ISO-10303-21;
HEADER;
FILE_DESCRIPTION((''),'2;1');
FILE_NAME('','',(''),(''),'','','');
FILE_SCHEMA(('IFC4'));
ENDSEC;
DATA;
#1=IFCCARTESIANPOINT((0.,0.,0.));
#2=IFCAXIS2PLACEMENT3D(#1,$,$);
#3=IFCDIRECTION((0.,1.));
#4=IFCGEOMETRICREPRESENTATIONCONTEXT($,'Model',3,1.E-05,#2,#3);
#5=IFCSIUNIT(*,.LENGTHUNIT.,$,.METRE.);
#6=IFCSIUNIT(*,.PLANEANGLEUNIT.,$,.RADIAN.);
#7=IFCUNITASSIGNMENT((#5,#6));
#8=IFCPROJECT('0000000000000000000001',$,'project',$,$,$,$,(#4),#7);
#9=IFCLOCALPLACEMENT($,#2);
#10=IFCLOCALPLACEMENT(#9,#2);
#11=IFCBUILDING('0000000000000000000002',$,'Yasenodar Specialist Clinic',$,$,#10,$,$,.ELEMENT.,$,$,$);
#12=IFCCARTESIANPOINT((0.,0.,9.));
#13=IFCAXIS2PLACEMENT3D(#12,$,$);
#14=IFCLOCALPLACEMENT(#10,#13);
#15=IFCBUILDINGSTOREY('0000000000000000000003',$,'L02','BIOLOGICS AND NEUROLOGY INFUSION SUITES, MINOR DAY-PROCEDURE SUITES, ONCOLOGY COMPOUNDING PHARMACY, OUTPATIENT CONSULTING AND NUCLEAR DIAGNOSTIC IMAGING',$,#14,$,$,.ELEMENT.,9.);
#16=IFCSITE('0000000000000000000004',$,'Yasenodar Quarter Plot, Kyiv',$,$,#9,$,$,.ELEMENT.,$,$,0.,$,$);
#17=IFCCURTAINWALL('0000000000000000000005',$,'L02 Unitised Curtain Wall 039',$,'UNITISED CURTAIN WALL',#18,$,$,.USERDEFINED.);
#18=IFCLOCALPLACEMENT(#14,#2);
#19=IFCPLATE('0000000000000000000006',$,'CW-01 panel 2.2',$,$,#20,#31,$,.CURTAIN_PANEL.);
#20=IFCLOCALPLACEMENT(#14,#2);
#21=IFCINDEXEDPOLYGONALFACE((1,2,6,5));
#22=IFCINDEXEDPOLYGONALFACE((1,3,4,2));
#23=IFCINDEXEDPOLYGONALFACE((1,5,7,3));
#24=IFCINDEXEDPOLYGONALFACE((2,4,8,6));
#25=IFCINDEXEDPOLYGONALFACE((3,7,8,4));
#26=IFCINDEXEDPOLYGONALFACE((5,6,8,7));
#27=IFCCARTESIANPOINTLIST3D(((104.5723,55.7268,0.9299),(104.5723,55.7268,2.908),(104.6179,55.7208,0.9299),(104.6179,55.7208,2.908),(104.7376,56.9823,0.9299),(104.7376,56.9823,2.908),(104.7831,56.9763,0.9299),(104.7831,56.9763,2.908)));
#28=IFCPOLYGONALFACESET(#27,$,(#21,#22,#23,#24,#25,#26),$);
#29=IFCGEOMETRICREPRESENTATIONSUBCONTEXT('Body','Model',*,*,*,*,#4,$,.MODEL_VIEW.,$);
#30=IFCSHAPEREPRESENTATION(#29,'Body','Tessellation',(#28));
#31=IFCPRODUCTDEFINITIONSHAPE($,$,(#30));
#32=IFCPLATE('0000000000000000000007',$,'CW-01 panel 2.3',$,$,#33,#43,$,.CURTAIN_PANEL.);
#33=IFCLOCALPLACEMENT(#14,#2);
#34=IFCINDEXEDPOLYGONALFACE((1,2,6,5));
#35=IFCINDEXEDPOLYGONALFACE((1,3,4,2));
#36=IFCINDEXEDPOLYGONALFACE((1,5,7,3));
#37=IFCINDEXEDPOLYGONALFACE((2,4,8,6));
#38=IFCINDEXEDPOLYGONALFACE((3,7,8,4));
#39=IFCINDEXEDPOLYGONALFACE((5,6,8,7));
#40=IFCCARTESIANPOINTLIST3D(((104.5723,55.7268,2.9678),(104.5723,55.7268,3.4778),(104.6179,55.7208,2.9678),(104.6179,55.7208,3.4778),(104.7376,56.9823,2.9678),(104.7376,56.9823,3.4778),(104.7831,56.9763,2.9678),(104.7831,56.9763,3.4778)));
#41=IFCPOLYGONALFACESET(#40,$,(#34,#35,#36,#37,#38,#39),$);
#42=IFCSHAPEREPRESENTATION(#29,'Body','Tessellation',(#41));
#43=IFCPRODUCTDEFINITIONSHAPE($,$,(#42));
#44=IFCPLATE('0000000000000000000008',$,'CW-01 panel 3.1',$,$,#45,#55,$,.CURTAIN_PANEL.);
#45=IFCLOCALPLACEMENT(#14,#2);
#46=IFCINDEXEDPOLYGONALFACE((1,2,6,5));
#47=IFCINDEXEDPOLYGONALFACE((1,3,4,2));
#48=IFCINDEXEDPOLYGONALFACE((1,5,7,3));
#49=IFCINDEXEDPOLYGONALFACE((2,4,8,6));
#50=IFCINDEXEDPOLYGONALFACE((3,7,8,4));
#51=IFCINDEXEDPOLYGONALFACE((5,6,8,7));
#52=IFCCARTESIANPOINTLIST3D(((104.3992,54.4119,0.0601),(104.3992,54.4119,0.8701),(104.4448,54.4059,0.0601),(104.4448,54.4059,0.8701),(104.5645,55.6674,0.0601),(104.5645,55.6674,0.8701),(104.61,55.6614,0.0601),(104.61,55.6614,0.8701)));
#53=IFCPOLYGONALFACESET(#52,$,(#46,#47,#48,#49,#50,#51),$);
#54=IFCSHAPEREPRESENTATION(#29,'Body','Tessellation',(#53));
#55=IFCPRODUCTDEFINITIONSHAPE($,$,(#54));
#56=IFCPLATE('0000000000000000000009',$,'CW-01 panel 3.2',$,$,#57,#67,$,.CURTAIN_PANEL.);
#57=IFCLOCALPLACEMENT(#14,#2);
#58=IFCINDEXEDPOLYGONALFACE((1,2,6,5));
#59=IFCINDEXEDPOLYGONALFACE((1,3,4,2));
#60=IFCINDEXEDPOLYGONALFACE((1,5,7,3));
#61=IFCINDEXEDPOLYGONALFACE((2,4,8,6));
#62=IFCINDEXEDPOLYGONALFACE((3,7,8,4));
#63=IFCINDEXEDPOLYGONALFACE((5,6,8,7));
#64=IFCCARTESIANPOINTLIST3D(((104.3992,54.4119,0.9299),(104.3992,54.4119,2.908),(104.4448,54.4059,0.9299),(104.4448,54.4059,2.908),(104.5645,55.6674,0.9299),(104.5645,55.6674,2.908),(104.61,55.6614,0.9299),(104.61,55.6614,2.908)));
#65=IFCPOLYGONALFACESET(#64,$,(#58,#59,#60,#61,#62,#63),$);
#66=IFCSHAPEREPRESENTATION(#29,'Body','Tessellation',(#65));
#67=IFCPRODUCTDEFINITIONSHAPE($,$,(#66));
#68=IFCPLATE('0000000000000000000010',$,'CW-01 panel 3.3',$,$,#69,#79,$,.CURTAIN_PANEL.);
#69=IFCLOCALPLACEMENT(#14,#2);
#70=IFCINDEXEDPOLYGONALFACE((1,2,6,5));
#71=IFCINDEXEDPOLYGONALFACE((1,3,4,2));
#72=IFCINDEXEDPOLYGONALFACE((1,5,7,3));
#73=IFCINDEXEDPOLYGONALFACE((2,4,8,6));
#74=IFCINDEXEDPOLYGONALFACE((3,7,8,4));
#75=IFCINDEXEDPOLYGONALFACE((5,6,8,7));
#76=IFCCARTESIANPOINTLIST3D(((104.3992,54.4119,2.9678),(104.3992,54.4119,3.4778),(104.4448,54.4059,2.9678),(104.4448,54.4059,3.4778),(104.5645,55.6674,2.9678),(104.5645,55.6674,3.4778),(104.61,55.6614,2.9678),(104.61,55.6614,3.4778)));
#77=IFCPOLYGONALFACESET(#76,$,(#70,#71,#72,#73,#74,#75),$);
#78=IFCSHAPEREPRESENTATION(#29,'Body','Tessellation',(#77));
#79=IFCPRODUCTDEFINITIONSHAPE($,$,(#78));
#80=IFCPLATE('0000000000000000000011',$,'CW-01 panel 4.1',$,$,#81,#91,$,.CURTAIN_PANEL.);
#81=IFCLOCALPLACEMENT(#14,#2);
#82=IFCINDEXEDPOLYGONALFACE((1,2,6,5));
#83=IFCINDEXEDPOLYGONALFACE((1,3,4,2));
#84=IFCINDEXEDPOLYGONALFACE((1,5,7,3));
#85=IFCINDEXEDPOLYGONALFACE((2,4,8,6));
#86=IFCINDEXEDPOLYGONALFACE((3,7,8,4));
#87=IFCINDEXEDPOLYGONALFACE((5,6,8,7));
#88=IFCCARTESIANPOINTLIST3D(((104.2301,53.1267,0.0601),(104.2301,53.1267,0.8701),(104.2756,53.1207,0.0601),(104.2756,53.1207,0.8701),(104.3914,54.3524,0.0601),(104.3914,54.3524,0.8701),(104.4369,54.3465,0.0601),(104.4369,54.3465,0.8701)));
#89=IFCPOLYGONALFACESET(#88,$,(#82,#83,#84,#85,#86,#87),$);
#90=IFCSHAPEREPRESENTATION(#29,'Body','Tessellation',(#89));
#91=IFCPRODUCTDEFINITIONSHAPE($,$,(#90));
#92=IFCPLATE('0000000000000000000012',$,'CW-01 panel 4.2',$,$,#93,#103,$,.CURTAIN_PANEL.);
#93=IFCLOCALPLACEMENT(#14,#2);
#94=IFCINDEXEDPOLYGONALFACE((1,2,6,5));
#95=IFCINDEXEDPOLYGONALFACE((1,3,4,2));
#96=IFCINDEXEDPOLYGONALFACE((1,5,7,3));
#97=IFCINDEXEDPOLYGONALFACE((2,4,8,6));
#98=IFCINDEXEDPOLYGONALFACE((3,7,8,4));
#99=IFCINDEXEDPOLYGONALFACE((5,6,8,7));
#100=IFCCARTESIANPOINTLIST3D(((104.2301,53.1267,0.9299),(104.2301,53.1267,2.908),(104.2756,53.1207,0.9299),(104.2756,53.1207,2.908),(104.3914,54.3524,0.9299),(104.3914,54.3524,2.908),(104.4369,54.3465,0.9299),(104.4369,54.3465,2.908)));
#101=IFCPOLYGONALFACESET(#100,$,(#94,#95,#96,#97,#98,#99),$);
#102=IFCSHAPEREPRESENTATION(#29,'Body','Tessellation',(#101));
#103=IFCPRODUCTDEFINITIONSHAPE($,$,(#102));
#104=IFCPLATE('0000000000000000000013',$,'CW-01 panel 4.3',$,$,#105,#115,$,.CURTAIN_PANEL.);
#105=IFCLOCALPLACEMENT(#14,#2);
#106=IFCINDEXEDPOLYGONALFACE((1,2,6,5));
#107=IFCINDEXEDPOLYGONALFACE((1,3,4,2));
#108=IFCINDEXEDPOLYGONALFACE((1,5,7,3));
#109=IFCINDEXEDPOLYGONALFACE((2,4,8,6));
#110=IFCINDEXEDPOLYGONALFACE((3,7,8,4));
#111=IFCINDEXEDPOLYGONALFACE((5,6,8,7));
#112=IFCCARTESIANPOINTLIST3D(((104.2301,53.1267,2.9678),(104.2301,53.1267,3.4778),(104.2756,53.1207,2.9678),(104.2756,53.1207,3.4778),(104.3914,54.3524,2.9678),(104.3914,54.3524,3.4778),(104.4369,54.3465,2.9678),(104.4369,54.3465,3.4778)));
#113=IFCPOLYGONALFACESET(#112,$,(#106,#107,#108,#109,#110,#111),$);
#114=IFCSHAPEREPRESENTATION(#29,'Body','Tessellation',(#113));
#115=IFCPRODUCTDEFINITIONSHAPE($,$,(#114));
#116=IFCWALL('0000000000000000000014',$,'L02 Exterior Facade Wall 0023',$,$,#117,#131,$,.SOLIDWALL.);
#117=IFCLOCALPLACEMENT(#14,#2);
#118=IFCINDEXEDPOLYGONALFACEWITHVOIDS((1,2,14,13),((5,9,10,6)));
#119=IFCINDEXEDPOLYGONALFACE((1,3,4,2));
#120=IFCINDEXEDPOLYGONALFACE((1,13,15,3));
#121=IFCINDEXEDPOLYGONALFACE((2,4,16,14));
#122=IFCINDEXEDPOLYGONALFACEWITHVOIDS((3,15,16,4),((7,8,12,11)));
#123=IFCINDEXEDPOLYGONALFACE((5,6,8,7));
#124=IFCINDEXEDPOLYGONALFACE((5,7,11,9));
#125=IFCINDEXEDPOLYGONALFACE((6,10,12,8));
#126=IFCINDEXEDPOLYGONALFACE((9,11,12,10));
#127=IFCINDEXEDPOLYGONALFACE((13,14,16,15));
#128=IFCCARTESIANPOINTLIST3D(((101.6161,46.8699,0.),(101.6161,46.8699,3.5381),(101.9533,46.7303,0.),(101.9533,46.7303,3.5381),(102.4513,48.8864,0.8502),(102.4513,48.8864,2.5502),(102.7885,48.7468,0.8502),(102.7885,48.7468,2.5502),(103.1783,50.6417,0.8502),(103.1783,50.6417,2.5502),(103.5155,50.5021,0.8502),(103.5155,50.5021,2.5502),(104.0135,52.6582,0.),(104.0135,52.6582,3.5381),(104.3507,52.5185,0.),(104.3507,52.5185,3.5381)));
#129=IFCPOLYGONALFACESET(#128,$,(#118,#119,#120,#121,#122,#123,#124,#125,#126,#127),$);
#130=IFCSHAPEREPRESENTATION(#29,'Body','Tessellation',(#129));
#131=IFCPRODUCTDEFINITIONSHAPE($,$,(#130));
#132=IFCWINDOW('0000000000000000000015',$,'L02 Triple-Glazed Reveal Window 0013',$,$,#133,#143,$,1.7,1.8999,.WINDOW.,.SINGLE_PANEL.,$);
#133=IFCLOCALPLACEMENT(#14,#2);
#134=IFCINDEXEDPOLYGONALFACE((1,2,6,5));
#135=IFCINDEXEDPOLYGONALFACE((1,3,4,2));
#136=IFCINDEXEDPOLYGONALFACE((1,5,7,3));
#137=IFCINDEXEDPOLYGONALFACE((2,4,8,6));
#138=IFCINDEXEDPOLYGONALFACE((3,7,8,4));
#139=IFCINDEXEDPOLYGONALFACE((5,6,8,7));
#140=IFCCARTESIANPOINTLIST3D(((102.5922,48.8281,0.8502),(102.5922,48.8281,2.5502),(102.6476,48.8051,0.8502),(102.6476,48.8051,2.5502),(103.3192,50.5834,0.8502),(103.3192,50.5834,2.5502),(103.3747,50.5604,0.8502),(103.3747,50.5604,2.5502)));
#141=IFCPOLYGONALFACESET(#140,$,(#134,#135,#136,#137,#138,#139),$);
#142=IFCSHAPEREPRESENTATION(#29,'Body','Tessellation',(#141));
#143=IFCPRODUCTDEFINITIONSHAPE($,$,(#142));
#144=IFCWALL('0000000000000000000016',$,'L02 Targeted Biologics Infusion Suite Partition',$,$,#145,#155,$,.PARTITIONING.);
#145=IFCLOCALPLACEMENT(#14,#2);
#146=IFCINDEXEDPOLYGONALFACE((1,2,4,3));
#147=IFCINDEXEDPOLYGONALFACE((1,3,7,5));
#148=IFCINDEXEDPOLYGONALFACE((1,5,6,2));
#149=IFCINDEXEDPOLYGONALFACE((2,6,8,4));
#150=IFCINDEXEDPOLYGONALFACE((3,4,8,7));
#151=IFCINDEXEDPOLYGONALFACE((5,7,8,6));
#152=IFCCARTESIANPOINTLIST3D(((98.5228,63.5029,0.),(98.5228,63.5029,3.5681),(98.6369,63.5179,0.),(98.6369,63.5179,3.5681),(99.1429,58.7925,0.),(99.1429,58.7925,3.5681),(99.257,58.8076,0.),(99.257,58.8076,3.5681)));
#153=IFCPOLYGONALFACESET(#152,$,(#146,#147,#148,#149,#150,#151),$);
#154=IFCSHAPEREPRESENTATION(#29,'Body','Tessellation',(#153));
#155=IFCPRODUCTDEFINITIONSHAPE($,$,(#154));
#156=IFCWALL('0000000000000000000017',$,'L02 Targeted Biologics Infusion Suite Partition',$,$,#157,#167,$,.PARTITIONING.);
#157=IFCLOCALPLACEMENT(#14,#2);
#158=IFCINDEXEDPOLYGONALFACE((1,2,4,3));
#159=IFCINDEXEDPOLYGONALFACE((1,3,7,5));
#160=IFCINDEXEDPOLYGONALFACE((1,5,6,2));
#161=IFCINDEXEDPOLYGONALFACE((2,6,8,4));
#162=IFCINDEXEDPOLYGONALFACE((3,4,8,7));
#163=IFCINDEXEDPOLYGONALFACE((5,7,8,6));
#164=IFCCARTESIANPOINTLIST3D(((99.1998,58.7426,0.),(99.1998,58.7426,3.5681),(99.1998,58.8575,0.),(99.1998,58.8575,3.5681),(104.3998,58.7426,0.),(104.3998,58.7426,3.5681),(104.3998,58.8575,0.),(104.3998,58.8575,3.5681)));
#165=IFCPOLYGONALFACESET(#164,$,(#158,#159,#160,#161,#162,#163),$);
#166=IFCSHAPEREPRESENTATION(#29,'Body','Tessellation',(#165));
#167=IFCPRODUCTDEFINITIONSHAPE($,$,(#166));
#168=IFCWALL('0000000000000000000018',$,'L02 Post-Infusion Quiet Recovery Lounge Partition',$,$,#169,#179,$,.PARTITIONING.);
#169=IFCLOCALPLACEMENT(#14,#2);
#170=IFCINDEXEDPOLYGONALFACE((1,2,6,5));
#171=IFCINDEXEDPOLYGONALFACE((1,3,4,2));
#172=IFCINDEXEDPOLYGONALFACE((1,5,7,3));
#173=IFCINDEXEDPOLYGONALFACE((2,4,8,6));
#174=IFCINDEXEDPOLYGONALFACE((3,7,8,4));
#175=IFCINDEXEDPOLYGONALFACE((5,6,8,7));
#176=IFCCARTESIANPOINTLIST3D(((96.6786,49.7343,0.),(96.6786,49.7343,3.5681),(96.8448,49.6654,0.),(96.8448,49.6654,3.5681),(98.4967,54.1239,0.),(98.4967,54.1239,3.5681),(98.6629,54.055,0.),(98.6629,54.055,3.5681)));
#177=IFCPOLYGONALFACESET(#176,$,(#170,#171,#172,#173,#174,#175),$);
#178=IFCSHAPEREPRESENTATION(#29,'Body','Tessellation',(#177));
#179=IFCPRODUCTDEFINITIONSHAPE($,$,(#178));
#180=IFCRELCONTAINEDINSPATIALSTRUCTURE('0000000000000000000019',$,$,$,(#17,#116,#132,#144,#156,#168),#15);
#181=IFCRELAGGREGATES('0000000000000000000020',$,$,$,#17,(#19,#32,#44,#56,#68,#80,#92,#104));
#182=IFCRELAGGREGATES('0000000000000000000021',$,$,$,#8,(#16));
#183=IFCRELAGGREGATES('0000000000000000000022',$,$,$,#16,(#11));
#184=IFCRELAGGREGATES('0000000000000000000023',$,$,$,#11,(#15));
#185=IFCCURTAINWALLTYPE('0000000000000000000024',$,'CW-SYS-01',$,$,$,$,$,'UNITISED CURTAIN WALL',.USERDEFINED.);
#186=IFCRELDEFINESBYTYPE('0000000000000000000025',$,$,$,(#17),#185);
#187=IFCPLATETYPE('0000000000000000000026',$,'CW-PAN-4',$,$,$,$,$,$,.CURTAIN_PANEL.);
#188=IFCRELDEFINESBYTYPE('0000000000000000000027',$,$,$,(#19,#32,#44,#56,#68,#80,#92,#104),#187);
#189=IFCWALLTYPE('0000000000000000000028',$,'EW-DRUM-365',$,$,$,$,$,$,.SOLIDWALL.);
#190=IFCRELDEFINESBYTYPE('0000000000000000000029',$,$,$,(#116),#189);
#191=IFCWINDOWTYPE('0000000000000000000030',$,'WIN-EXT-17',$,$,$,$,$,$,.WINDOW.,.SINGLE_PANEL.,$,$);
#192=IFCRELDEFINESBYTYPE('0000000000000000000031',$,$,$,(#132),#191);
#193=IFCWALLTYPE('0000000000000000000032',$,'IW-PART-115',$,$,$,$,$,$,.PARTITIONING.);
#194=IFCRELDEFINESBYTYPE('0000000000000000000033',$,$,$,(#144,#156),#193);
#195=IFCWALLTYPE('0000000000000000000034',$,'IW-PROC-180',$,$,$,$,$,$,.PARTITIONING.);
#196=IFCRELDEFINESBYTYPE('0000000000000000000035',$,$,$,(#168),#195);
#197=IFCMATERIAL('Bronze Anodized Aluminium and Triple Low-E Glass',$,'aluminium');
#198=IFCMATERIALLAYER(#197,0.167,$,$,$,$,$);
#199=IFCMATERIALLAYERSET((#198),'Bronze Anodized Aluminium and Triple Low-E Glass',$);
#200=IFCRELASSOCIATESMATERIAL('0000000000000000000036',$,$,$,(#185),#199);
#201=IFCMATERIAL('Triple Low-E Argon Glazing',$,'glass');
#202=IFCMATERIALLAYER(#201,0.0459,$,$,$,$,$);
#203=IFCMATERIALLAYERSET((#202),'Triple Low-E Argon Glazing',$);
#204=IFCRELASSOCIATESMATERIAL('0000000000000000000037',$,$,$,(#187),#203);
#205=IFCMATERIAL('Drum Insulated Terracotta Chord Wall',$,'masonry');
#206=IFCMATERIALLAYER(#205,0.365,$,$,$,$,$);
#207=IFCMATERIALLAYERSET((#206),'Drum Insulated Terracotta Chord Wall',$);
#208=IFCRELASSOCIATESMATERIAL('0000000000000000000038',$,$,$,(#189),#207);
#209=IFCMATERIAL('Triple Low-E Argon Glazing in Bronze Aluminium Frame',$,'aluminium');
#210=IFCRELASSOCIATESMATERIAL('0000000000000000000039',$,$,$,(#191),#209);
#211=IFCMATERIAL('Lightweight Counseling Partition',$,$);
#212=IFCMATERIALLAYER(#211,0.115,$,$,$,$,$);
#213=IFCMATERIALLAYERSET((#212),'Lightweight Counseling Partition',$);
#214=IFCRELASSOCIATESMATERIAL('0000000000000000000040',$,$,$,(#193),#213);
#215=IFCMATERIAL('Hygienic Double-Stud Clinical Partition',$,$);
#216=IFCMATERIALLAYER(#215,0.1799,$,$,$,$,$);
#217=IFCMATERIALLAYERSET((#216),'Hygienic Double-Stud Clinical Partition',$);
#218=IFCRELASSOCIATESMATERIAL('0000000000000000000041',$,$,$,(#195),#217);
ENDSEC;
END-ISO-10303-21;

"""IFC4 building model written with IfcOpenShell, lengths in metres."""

from ifc_helpers import new_model, si_unit, direction, frame, frame_2d, origin, origin_2d, place, context, subcontext, project, spatial, rectangle, extrude, material, layer, layer_set, type_object, element, fill, aggregate, save


model = new_model("IFC4")

# Units and contexts
model_context = context("Model", 3, precision=1e-05, world=origin(), true_north=direction((0.0, 1.0)))
body_context = subcontext(model_context, "Body", "Model", "MODEL_VIEW")
ifc_project = project(units=[si_unit("LENGTHUNIT", "METRE"), si_unit("PLANEANGLEUNIT", "RADIAN")], contexts=[model_context])

# Site, building, storey
site_placement = place(None, origin())
site = spatial("IfcSite", under=ifc_project, at=site_placement, Name="Yasenodar Quarter Plot, Kyiv", CompositionType="ELEMENT", RefElevation=0.0)
building_placement = place(site_placement, origin())
building = spatial("IfcBuilding", under=site, at=building_placement, Name="Yasenodar Specialist Clinic", CompositionType="ELEMENT")
storey_placement = place(building_placement, frame((0.0, 0.0, 9.0)))
storey = spatial("IfcBuildingStorey", under=building, at=storey_placement, Name="L02", Description="BIOLOGICS AND NEUROLOGY INFUSION SUITES, MINOR DAY-PROCEDURE SUITES, ONCOLOGY COMPOUNDING PHARMACY, OUTPATIENT CONSULTING AND NUCLEAR DIAGNOSTIC IMAGING", CompositionType="ELEMENT", Elevation=9.0)

# Curtain wall, plates
ifc_material_1 = material(Name="Bronze Anodized Aluminium and Triple Low-E Glass", Category="aluminium")
ifc_layer_1 = layer(ifc_material_1, 0.167)
ifc_layer_set_1 = layer_set([ifc_layer_1], Name="Bronze Anodized Aluminium and Triple Low-E Glass")
curtain_wall_type = type_object("IfcCurtainWallType", Name="CW-SYS-01", ElementType="UNITISED CURTAIN WALL", PredefinedType="USERDEFINED", material=ifc_layer_set_1)
curtain_wall_placement = place(storey_placement, origin())
curtain_wall = element("IfcCurtainWall", 1, at=curtain_wall_placement, inside=storey, type_object=curtain_wall_type, Name="L02 Unitised Curtain Wall 039", ObjectType="UNITISED CURTAIN WALL", PredefinedType="USERDEFINED")
ifc_material_2 = material(Name="Triple Low-E Argon Glazing", Category="glass")
ifc_layer_2 = layer(ifc_material_2, 0.0459)
ifc_layer_set_2 = layer_set([ifc_layer_2], Name="Triple Low-E Argon Glazing")
plate_type = type_object("IfcPlateType", Name="CW-PAN-4", PredefinedType="CURTAIN_PANEL", material=ifc_layer_set_2)
plate_1_placement = place(storey_placement, frame((104.6777, 56.3516, 0.9299), z_axis=(0.0, 0.0, 1.0), x_axis=(-0.130512, -0.991447, 0.0)))
plate_1 = element("IfcPlate", 2, at=plate_1_placement, type_object=plate_type, Name="CW-01 panel 2.2", PredefinedType="CURTAIN_PANEL", context=body_context, shape_type="SweptSolid", body=[
    extrude(rectangle(XDim=1.2664, YDim=0.0459, at=origin_2d()), origin(), (0.0, 0.0, 1.0), 1.978),
])
plate_2_placement = place(storey_placement, frame((104.6777, 56.3516, 2.9678), z_axis=(0.0, 0.0, 1.0), x_axis=(-0.130512, -0.991447, 0.0)))
plate_2 = element("IfcPlate", 3, at=plate_2_placement, type_object=plate_type, Name="CW-01 panel 2.3", PredefinedType="CURTAIN_PANEL", context=body_context, shape_type="SweptSolid", body=[
    extrude(rectangle(XDim=1.2664, YDim=0.0459, at=origin_2d()), origin(), (0.0, 0.0, 1.0), 0.51),
])
plate_3_placement = place(storey_placement, frame((104.5046, 55.0366, 0.0601), z_axis=(0.0, 0.0, 1.0), x_axis=(-0.130512, -0.991447, 0.0)))
plate_3 = element("IfcPlate", 4, at=plate_3_placement, type_object=plate_type, Name="CW-01 panel 3.1", PredefinedType="CURTAIN_PANEL", context=body_context, shape_type="SweptSolid", body=[
    extrude(rectangle(XDim=1.2664, YDim=0.0459, at=origin_2d()), origin(), (0.0, 0.0, 1.0), 0.8101),
])
plate_4_placement = place(storey_placement, frame((104.5046, 55.0366, 0.9299), z_axis=(0.0, 0.0, 1.0), x_axis=(-0.130512, -0.991447, 0.0)))
plate_4 = element("IfcPlate", 5, at=plate_4_placement, type_object=plate_type, Name="CW-01 panel 3.2", PredefinedType="CURTAIN_PANEL", context=body_context, shape_type="SweptSolid", body=[
    extrude(rectangle(XDim=1.2664, YDim=0.0459, at=origin_2d()), origin(), (0.0, 0.0, 1.0), 1.978),
])
plate_5_placement = place(storey_placement, frame((104.5046, 55.0366, 2.9678), z_axis=(0.0, 0.0, 1.0), x_axis=(-0.130512, -0.991447, 0.0)))
plate_5 = element("IfcPlate", 6, at=plate_5_placement, type_object=plate_type, Name="CW-01 panel 3.3", PredefinedType="CURTAIN_PANEL", context=body_context, shape_type="SweptSolid", body=[
    extrude(rectangle(XDim=1.2664, YDim=0.0459, at=origin_2d()), origin(), (0.0, 0.0, 1.0), 0.51),
])
plate_6_placement = place(storey_placement, frame((104.3335, 53.7366, 0.0601), z_axis=(0.0, 0.0, 1.0), x_axis=(-0.130512, -0.991447, 0.0)))
plate_6 = element("IfcPlate", 7, at=plate_6_placement, type_object=plate_type, Name="CW-01 panel 4.1", PredefinedType="CURTAIN_PANEL", context=body_context, shape_type="SweptSolid", body=[
    extrude(rectangle(XDim=1.2363, YDim=0.0459, at=origin_2d()), origin(), (0.0, 0.0, 1.0), 0.8101),
])
plate_7_placement = place(storey_placement, frame((104.3335, 53.7366, 0.9299), z_axis=(0.0, 0.0, 1.0), x_axis=(-0.130512, -0.991447, 0.0)))
plate_7 = element("IfcPlate", 8, at=plate_7_placement, type_object=plate_type, Name="CW-01 panel 4.2", PredefinedType="CURTAIN_PANEL", context=body_context, shape_type="SweptSolid", body=[
    extrude(rectangle(XDim=1.2363, YDim=0.0459, at=origin_2d()), origin(), (0.0, 0.0, 1.0), 1.978),
])
plate_8_placement = place(storey_placement, frame((104.3335, 53.7366, 2.9678), z_axis=(0.0, 0.0, 1.0), x_axis=(-0.130512, -0.991447, 0.0)))
plate_8 = element("IfcPlate", 9, at=plate_8_placement, type_object=plate_type, Name="CW-01 panel 4.3", PredefinedType="CURTAIN_PANEL", context=body_context, shape_type="SweptSolid", body=[
    extrude(rectangle(XDim=1.2363, YDim=0.0459, at=origin_2d()), origin(), (0.0, 0.0, 1.0), 0.51),
])
aggregate(curtain_wall, [plate_1, plate_2, plate_3, plate_4, plate_5, plate_6, plate_7, plate_8])

# Wall, opening, window
ifc_material_3 = material(Name="Drum Insulated Terracotta Chord Wall", Category="masonry")
ifc_layer_3 = layer(ifc_material_3, 0.365)
ifc_layer_set_3 = layer_set([ifc_layer_3], Name="Drum Insulated Terracotta Chord Wall")
wall_type_1 = type_object("IfcWallType", Name="EW-DRUM-365", PredefinedType="SOLIDWALL", material=ifc_layer_set_3)
wall_1_placement = place(storey_placement, frame((104.1821, 52.5884, 0.0), z_axis=(0.0, 0.0, 1.0), x_axis=(-0.382664, -0.923888, 0.0)))
wall_1 = element("IfcWall", 10, at=wall_1_placement, inside=storey, type_object=wall_type_1, Name="L02 Exterior Facade Wall 0023", PredefinedType="SOLIDWALL", context=body_context, shape_type="SweptSolid", body=[
    extrude(rectangle(XDim=6.2651, YDim=0.365, at=frame_2d((3.1326, 0.0))), origin(), (0.0, 0.0, 1.0), 3.5381),
])
opening_placement = place(wall_1_placement, frame((2.1826, 0.0, 0.8501)))
opening = element("IfcOpeningElement", 11, at=opening_placement, cuts=wall_1, PredefinedType="OPENING", context=body_context, shape_type="SweptSolid", body=[
    extrude(rectangle(XDim=1.8999, YDim=1.7, at=frame_2d((0.95, 0.8501))), frame((0.0, 0.1924, 0.0), z_axis=(0.0, -1.0, 0.0), x_axis=(1.0, 0.0, 0.0)), (0.0, 0.0, 1.0), 0.385),
])
ifc_material_4 = material(Name="Triple Low-E Argon Glazing in Bronze Aluminium Frame", Category="aluminium")
window_type = type_object("IfcWindowType", Name="WIN-EXT-17", PartitioningType="SINGLE_PANEL", PredefinedType="WINDOW", material=ifc_material_4)
window_placement = place(opening_placement, origin())
window = element("IfcWindow", 12, at=window_placement, inside=storey, type_object=window_type, Name="L02 Triple-Glazed Reveal Window 0013", OverallHeight=1.7, OverallWidth=1.8999, PartitioningType="SINGLE_PANEL", PredefinedType="WINDOW", context=body_context, shape_type="SweptSolid", body=[
    extrude(rectangle(XDim=1.8999, YDim=1.7, at=frame_2d((0.95, 0.8501))), frame((0.0, 0.03, 0.0), z_axis=(0.0, -1.0, 0.0), x_axis=(1.0, 0.0, 0.0)), (0.0, 0.0, 1.0), 0.0601),
])
fill(opening, window)

# Walls
ifc_material_5 = material(Name="Lightweight Counseling Partition")
ifc_layer_4 = layer(ifc_material_5, 0.115)
ifc_layer_set_4 = layer_set([ifc_layer_4], Name="Lightweight Counseling Partition")
wall_type_2 = type_object("IfcWallType", Name="IW-PART-115", PredefinedType="PARTITIONING", material=ifc_layer_set_4)
wall_2_placement = place(storey_placement, frame((99.2, 58.8, 0.0), z_axis=(0.0, 0.0, 1.0), x_axis=(-0.130521, 0.991446, 0.0)))
element("IfcWall", 13, at=wall_2_placement, inside=storey, type_object=wall_type_2, Name="L02 Targeted Biologics Infusion Suite Partition", PredefinedType="PARTITIONING", context=body_context, shape_type="SweptSolid", body=[
    extrude(rectangle(XDim=4.751, YDim=0.115, at=frame_2d((2.3755, 0.0))), origin(), (0.0, 0.0, 1.0), 3.5681),
])
wall_3_placement = place(storey_placement, frame((104.3999, 58.8, 0.0), z_axis=(0.0, 0.0, 1.0), x_axis=(-1.0, 0.0, 0.0)))
element("IfcWall", 14, at=wall_3_placement, inside=storey, type_object=wall_type_2, Name="L02 Targeted Biologics Infusion Suite Partition", PredefinedType="PARTITIONING", context=body_context, shape_type="SweptSolid", body=[
    extrude(rectangle(XDim=5.2, YDim=0.115, at=frame_2d((2.6001, 0.0))), origin(), (0.0, 0.0, 1.0), 3.5681),
])
ifc_material_6 = material(Name="Hygienic Double-Stud Clinical Partition")
ifc_layer_5 = layer(ifc_material_6, 0.1799)
ifc_layer_set_5 = layer_set([ifc_layer_5], Name="Hygienic Double-Stud Clinical Partition")
wall_type_3 = type_object("IfcWallType", Name="IW-PROC-180", PredefinedType="PARTITIONING", material=ifc_layer_set_5)
wall_4_placement = place(storey_placement, frame((96.7617, 49.7, 0.0), z_axis=(0.0, 0.0, 1.0), x_axis=(0.382659, 0.92389, 0.0)))
element("IfcWall", 15, at=wall_4_placement, inside=storey, type_object=wall_type_3, Name="L02 Post-Infusion Quiet Recovery Lounge Partition", PredefinedType="PARTITIONING", context=body_context, shape_type="SweptSolid", body=[
    extrude(rectangle(XDim=4.7512, YDim=0.1799, at=frame_2d((2.3755, 0.0))), origin(), (0.0, 0.0, 1.0), 3.5681),
])

save(model, "model.ifc")
